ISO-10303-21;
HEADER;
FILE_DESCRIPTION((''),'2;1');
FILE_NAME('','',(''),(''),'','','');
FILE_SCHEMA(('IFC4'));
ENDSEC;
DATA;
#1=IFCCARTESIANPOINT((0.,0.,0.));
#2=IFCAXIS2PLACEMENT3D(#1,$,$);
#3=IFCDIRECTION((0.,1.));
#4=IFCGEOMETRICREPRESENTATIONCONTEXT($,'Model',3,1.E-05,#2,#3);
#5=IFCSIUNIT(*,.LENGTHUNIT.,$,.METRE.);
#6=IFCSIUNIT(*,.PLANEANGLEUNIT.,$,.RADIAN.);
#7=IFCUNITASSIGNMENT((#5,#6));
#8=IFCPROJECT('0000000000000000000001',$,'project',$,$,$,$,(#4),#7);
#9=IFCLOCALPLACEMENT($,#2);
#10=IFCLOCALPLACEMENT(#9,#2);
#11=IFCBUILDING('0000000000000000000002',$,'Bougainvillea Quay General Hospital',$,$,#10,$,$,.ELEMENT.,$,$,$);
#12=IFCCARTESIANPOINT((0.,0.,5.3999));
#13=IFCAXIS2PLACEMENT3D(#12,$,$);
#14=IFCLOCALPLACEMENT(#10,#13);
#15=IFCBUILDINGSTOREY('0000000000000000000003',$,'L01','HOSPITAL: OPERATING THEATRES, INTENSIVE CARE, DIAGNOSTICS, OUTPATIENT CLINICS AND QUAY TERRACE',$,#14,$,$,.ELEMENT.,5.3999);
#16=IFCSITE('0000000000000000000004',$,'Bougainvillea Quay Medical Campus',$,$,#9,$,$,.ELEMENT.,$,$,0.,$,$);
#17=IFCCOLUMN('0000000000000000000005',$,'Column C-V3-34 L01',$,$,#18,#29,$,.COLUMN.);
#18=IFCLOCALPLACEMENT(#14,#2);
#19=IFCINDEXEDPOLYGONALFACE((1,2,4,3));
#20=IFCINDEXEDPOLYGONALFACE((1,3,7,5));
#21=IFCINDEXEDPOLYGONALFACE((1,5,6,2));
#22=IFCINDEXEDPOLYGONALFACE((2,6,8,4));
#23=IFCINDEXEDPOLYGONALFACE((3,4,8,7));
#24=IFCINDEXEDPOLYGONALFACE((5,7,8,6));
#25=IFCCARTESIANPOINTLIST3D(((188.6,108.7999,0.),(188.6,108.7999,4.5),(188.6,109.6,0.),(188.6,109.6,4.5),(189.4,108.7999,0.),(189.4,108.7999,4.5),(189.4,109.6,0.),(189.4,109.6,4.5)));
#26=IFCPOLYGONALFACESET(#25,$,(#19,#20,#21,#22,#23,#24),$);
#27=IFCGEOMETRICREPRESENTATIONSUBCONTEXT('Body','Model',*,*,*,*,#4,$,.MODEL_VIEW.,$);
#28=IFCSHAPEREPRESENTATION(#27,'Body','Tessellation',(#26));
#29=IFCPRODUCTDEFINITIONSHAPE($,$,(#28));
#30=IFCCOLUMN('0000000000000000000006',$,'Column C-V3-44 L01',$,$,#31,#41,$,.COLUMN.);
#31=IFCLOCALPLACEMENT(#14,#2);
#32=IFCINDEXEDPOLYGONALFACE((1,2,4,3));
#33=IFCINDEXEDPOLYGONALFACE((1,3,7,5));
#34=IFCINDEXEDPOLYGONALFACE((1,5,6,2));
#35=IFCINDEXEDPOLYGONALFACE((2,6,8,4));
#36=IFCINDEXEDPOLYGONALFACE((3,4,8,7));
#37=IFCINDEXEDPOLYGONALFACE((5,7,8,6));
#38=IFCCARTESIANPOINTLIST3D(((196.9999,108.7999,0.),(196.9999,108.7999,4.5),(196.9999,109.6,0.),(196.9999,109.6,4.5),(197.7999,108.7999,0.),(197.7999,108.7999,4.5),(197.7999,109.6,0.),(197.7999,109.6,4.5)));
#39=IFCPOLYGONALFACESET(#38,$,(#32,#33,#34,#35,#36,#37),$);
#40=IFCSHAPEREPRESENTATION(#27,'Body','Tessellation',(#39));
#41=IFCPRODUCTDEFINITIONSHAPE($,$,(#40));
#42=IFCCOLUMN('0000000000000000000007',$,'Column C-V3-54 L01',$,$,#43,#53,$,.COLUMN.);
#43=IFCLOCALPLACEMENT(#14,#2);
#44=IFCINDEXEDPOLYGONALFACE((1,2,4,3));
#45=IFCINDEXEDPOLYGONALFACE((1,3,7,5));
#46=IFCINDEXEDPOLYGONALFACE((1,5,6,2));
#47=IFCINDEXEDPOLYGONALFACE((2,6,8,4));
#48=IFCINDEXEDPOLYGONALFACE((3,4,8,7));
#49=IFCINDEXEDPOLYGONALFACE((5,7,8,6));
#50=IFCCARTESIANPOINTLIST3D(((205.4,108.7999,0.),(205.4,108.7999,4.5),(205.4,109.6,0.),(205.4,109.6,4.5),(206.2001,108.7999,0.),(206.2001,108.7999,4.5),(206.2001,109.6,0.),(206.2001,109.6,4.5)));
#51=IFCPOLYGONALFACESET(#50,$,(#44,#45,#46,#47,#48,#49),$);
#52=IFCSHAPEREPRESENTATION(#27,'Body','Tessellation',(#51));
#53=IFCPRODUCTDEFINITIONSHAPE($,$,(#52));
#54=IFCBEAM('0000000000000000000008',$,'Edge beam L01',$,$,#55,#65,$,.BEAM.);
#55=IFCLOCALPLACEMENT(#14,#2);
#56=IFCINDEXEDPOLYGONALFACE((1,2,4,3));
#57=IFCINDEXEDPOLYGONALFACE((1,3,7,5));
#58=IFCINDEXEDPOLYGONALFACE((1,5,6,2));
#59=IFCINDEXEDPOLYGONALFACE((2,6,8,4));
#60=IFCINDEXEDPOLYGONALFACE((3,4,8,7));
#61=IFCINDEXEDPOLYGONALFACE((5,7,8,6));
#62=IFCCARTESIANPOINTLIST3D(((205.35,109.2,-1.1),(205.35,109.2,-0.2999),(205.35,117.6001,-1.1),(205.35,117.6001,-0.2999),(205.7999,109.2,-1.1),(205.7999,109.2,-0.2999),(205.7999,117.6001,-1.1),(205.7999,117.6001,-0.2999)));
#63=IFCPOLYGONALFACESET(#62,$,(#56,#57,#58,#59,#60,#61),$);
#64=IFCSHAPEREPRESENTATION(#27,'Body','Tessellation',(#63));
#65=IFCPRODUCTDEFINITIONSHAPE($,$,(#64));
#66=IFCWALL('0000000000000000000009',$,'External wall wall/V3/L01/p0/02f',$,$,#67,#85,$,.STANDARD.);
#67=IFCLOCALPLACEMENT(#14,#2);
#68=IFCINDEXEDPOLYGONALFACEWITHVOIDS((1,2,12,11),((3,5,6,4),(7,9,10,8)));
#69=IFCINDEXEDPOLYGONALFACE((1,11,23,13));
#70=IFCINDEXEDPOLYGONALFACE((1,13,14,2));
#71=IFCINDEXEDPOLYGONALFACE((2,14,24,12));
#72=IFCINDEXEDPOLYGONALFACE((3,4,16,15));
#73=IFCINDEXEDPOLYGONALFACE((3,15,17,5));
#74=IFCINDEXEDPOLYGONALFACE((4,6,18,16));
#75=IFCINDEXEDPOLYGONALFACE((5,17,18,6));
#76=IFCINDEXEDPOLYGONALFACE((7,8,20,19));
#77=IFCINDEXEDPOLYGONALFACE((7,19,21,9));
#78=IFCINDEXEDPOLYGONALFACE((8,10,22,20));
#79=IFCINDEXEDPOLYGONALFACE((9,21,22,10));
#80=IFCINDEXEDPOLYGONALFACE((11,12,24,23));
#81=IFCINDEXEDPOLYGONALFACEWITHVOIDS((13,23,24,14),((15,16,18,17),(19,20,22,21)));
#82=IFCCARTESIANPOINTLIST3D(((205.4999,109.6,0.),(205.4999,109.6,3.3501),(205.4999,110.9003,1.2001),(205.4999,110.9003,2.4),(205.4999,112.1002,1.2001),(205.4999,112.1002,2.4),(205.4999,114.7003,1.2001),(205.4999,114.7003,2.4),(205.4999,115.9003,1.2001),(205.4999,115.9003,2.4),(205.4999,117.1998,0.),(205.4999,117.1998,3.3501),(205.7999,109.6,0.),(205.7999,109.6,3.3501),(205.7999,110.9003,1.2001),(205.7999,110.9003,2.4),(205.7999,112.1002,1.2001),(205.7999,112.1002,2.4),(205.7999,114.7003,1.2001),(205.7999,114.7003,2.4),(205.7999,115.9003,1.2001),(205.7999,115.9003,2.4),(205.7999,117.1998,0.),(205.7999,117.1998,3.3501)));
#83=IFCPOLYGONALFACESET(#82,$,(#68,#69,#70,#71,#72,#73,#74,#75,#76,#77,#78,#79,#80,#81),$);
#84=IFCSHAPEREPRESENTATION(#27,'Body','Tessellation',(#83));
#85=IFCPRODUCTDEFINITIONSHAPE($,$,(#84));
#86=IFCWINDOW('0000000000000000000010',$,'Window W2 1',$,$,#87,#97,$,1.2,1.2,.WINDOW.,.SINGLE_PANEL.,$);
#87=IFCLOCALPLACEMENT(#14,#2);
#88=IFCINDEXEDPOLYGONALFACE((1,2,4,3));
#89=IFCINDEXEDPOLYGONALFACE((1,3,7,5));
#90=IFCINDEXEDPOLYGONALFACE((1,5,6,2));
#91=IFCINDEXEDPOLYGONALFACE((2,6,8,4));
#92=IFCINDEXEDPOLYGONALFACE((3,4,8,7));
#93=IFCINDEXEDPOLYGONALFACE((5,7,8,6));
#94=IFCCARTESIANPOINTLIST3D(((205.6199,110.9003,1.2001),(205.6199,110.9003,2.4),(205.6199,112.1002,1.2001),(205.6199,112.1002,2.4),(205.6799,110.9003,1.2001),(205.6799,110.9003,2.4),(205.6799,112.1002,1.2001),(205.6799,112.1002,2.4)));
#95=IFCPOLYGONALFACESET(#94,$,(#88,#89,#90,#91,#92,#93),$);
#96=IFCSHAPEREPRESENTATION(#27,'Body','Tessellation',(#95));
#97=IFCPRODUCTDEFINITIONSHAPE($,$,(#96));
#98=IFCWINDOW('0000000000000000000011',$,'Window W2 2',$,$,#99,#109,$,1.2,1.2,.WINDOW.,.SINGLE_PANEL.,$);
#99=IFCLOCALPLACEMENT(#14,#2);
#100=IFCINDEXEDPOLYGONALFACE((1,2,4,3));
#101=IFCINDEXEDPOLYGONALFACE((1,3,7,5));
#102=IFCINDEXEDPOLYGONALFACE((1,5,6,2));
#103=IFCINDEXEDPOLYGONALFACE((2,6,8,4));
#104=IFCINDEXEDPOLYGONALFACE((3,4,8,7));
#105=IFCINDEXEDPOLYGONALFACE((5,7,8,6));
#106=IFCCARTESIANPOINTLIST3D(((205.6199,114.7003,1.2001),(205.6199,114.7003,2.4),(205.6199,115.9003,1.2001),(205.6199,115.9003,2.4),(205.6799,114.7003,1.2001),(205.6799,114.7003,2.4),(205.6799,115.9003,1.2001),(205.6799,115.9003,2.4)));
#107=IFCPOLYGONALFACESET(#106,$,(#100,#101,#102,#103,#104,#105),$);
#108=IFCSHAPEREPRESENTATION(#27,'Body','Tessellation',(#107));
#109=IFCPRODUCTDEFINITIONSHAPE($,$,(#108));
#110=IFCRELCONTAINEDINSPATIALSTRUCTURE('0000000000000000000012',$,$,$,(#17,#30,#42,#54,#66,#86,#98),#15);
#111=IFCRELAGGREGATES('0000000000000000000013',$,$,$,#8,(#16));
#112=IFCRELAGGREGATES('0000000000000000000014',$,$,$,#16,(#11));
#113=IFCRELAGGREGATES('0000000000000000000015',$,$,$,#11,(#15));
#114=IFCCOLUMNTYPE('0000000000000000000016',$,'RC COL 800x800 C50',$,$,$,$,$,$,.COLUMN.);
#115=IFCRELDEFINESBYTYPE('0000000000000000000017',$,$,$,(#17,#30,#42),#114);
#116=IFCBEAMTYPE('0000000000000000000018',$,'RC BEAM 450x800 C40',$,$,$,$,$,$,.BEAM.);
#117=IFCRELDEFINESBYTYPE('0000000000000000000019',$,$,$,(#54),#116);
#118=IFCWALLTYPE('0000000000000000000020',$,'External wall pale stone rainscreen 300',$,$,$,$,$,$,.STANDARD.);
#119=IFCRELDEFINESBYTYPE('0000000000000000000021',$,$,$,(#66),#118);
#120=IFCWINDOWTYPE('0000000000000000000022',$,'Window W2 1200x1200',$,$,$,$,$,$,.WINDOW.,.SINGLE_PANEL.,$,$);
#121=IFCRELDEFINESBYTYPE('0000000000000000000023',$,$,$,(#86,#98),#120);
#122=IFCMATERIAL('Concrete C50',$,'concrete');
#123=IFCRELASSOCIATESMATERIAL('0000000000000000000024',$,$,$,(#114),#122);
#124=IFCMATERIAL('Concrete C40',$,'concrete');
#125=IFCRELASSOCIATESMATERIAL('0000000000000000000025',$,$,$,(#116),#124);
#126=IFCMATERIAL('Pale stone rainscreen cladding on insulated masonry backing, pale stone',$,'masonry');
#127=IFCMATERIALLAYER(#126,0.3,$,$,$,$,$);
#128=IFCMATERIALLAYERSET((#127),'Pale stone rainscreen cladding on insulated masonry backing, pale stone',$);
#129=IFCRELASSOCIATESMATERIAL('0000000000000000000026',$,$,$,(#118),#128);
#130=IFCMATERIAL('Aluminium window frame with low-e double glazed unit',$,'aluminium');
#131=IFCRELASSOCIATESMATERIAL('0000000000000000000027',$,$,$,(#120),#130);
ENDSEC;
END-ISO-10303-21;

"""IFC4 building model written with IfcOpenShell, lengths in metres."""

from ifc_helpers import new_model, si_unit, direction, frame, frame_2d, origin, origin_2d, place, context, subcontext, project, spatial, rectangle, extrude, material, layer, layer_set, material_profile, profile_set, type_object, element, fill, save


model = new_model("IFC4")

# Units and contexts
model_context = context("Model", 3, precision=1e-05, world=origin(), true_north=direction((0.0, 1.0)))
body_context = subcontext(model_context, "Body", "Model", "MODEL_VIEW")
ifc_project = project(units=[si_unit("LENGTHUNIT", "METRE"), si_unit("PLANEANGLEUNIT", "RADIAN")], contexts=[model_context])

# Site, building, storey
site_placement = place(None, origin())
site = spatial("IfcSite", under=ifc_project, at=site_placement, Name="Bougainvillea Quay Medical Campus", CompositionType="ELEMENT", RefElevation=0.0)
building_placement = place(site_placement, origin())
building = spatial("IfcBuilding", under=site, at=building_placement, Name="Bougainvillea Quay General Hospital", CompositionType="ELEMENT")
storey_placement = place(building_placement, frame((0.0, 0.0, 5.3999)))
storey = spatial("IfcBuildingStorey", under=building, at=storey_placement, Name="L01", Description="HOSPITAL: OPERATING THEATRES, INTENSIVE CARE, DIAGNOSTICS, OUTPATIENT CLINICS AND QUAY TERRACE", CompositionType="ELEMENT", Elevation=5.3999)

# Columns
ifc_material_1 = material(Name="Concrete C50", Category="concrete")
ifc_material_profile_1 = material_profile(ifc_material_1, rectangle(XDim=0.8, YDim=0.8, at=origin_2d()))
ifc_profile_set_1 = profile_set([ifc_material_profile_1], Name="Concrete C50")
column_type = type_object("IfcColumnType", Name="RC COL 800x800 C50", PredefinedType="COLUMN", material=ifc_profile_set_1)
for number, where, z_axis, x_axis, name in (
    (1, (189.0, 109.2, 0.0), (0.0, 0.0, 1.0), (1.0, 0.0, 0.0), "Column C-V3-34 L01"),
    (2, (197.3999, 109.2, 0.0), (0.0, 0.0, 1.0), (1.0, 0.0, 0.0), "Column C-V3-44 L01"),
    (3, (205.8, 109.2, 0.0), (0.0, 0.0, 1.0), (1.0, 0.0, 0.0), "Column C-V3-54 L01"),
):
    element("IfcColumn", number, at=place(storey_placement, frame(where, z_axis=z_axis, x_axis=x_axis)), inside=storey, type_object=column_type, Name=name, PredefinedType="COLUMN", context=body_context, shape_type="SweptSolid", body=[
        extrude(rectangle(XDim=0.8, YDim=0.8, at=origin_2d()), origin(), (0.0, 0.0, 1.0), 4.5),
    ])

# Beam
ifc_material_2 = material(Name="Concrete C40", Category="concrete")
ifc_material_profile_2 = material_profile(ifc_material_2, rectangle(XDim=0.45, YDim=0.8, at=origin_2d()))
ifc_profile_set_2 = profile_set([ifc_material_profile_2], Name="Concrete C40")
beam_type = type_object("IfcBeamType", Name="RC BEAM 450x800 C40", PredefinedType="BEAM", material=ifc_profile_set_2)
beam_placement = place(storey_placement, frame((205.575, 109.2, -0.7), z_axis=(0.0, 1.0, 0.0), x_axis=(-1.0, 0.0, 0.0)))
element("IfcBeam", 4, at=beam_placement, inside=storey, type_object=beam_type, Name="Edge beam L01", PredefinedType="BEAM", context=body_context, shape_type="SweptSolid", body=[
    extrude(rectangle(XDim=0.45, YDim=0.8, at=origin_2d()), origin(), (0.0, 0.0, 1.0), 8.4001),
])

# Wall, openings, windows
ifc_material_3 = material(Name="Pale stone rainscreen cladding on insulated masonry backing, pale stone", Category="masonry")
ifc_layer_1 = layer(ifc_material_3, 0.3)
ifc_layer_set_1 = layer_set([ifc_layer_1], Name="Pale stone rainscreen cladding on insulated masonry backing, pale stone")
wall_type_1 = type_object("IfcWallType", Name="External wall pale stone rainscreen 300", PredefinedType="STANDARD", material=ifc_layer_set_1)
wall_1_placement = place(storey_placement, frame((205.6499, 109.6001, 0.0), z_axis=(0.0, 0.0, 1.0), x_axis=(0.0, 1.0, 0.0)))
wall_1 = element("IfcWall", 5, at=wall_1_placement, inside=storey, type_object=wall_type_1, Name="External wall wall/V3/L01/p0/02f", PredefinedType="STANDARD", context=body_context, shape_type="SweptSolid", body=[
    extrude(rectangle(XDim=7.5999, YDim=0.3, at=frame_2d((3.7998, 0.0))), origin(), (0.0, 0.0, 1.0), 3.3501),
])
opening_1_placement = place(wall_1_placement, frame((1.3, 0.0, 1.2)))
opening_1 = element("IfcOpeningElement", 6, at=opening_1_placement, cuts=wall_1, PredefinedType="OPENING", context=body_context, shape_type="SweptSolid", body=[
    extrude(rectangle(XDim=1.2, YDim=1.2, at=frame_2d((0.6001, 0.6001))), frame((0.0, 0.1599, 0.0), z_axis=(0.0, -1.0, 0.0), x_axis=(1.0, 0.0, 0.0)), (0.0, 0.0, 1.0), 0.3201),
])
opening_2_placement = place(wall_1_placement, frame((5.1001, 0.0, 1.2)))
opening_2 = element("IfcOpeningElement", 7, at=opening_2_placement, cuts=wall_1, PredefinedType="OPENING", context=body_context, shape_type="SweptSolid", body=[
    extrude(rectangle(XDim=1.2, YDim=1.2, at=frame_2d((0.6001, 0.6001))), frame((0.0, 0.1599, 0.0), z_axis=(0.0, -1.0, 0.0), x_axis=(1.0, 0.0, 0.0)), (0.0, 0.0, 1.0), 0.3201),
])
ifc_material_4 = material(Name="Aluminium window frame with low-e double glazed unit", Category="aluminium")
window_type = type_object("IfcWindowType", Name="Window W2 1200x1200", PartitioningType="SINGLE_PANEL", PredefinedType="WINDOW", material=ifc_material_4)
window_1_placement = place(opening_1_placement, origin())
window_1 = element("IfcWindow", 8, at=window_1_placement, inside=storey, type_object=window_type, Name="Window W2 1", OverallHeight=1.2, OverallWidth=1.2, PartitioningType="SINGLE_PANEL", PredefinedType="WINDOW", context=body_context, shape_type="SweptSolid", body=[
    extrude(rectangle(XDim=1.2, YDim=1.2, at=frame_2d((0.6001, 0.6001))), frame((0.0, 0.03, 0.0), z_axis=(0.0, -1.0, 0.0), x_axis=(1.0, 0.0, 0.0)), (0.0, 0.0, 1.0), 0.0601),
])
fill(opening_1, window_1)
window_2_placement = place(opening_2_placement, origin())
window_2 = element("IfcWindow", 9, at=window_2_placement, inside=storey, type_object=window_type, Name="Window W2 2", OverallHeight=1.2, OverallWidth=1.2, PartitioningType="SINGLE_PANEL", PredefinedType="WINDOW", context=body_context, shape_type="SweptSolid", body=[
    extrude(rectangle(XDim=1.2, YDim=1.2, at=frame_2d((0.6001, 0.6001))), frame((0.0, 0.03, 0.0), z_axis=(0.0, -1.0, 0.0), x_axis=(1.0, 0.0, 0.0)), (0.0, 0.0, 1.0), 0.0601),
])
fill(opening_2, window_2)

save(model, "model.ifc")
